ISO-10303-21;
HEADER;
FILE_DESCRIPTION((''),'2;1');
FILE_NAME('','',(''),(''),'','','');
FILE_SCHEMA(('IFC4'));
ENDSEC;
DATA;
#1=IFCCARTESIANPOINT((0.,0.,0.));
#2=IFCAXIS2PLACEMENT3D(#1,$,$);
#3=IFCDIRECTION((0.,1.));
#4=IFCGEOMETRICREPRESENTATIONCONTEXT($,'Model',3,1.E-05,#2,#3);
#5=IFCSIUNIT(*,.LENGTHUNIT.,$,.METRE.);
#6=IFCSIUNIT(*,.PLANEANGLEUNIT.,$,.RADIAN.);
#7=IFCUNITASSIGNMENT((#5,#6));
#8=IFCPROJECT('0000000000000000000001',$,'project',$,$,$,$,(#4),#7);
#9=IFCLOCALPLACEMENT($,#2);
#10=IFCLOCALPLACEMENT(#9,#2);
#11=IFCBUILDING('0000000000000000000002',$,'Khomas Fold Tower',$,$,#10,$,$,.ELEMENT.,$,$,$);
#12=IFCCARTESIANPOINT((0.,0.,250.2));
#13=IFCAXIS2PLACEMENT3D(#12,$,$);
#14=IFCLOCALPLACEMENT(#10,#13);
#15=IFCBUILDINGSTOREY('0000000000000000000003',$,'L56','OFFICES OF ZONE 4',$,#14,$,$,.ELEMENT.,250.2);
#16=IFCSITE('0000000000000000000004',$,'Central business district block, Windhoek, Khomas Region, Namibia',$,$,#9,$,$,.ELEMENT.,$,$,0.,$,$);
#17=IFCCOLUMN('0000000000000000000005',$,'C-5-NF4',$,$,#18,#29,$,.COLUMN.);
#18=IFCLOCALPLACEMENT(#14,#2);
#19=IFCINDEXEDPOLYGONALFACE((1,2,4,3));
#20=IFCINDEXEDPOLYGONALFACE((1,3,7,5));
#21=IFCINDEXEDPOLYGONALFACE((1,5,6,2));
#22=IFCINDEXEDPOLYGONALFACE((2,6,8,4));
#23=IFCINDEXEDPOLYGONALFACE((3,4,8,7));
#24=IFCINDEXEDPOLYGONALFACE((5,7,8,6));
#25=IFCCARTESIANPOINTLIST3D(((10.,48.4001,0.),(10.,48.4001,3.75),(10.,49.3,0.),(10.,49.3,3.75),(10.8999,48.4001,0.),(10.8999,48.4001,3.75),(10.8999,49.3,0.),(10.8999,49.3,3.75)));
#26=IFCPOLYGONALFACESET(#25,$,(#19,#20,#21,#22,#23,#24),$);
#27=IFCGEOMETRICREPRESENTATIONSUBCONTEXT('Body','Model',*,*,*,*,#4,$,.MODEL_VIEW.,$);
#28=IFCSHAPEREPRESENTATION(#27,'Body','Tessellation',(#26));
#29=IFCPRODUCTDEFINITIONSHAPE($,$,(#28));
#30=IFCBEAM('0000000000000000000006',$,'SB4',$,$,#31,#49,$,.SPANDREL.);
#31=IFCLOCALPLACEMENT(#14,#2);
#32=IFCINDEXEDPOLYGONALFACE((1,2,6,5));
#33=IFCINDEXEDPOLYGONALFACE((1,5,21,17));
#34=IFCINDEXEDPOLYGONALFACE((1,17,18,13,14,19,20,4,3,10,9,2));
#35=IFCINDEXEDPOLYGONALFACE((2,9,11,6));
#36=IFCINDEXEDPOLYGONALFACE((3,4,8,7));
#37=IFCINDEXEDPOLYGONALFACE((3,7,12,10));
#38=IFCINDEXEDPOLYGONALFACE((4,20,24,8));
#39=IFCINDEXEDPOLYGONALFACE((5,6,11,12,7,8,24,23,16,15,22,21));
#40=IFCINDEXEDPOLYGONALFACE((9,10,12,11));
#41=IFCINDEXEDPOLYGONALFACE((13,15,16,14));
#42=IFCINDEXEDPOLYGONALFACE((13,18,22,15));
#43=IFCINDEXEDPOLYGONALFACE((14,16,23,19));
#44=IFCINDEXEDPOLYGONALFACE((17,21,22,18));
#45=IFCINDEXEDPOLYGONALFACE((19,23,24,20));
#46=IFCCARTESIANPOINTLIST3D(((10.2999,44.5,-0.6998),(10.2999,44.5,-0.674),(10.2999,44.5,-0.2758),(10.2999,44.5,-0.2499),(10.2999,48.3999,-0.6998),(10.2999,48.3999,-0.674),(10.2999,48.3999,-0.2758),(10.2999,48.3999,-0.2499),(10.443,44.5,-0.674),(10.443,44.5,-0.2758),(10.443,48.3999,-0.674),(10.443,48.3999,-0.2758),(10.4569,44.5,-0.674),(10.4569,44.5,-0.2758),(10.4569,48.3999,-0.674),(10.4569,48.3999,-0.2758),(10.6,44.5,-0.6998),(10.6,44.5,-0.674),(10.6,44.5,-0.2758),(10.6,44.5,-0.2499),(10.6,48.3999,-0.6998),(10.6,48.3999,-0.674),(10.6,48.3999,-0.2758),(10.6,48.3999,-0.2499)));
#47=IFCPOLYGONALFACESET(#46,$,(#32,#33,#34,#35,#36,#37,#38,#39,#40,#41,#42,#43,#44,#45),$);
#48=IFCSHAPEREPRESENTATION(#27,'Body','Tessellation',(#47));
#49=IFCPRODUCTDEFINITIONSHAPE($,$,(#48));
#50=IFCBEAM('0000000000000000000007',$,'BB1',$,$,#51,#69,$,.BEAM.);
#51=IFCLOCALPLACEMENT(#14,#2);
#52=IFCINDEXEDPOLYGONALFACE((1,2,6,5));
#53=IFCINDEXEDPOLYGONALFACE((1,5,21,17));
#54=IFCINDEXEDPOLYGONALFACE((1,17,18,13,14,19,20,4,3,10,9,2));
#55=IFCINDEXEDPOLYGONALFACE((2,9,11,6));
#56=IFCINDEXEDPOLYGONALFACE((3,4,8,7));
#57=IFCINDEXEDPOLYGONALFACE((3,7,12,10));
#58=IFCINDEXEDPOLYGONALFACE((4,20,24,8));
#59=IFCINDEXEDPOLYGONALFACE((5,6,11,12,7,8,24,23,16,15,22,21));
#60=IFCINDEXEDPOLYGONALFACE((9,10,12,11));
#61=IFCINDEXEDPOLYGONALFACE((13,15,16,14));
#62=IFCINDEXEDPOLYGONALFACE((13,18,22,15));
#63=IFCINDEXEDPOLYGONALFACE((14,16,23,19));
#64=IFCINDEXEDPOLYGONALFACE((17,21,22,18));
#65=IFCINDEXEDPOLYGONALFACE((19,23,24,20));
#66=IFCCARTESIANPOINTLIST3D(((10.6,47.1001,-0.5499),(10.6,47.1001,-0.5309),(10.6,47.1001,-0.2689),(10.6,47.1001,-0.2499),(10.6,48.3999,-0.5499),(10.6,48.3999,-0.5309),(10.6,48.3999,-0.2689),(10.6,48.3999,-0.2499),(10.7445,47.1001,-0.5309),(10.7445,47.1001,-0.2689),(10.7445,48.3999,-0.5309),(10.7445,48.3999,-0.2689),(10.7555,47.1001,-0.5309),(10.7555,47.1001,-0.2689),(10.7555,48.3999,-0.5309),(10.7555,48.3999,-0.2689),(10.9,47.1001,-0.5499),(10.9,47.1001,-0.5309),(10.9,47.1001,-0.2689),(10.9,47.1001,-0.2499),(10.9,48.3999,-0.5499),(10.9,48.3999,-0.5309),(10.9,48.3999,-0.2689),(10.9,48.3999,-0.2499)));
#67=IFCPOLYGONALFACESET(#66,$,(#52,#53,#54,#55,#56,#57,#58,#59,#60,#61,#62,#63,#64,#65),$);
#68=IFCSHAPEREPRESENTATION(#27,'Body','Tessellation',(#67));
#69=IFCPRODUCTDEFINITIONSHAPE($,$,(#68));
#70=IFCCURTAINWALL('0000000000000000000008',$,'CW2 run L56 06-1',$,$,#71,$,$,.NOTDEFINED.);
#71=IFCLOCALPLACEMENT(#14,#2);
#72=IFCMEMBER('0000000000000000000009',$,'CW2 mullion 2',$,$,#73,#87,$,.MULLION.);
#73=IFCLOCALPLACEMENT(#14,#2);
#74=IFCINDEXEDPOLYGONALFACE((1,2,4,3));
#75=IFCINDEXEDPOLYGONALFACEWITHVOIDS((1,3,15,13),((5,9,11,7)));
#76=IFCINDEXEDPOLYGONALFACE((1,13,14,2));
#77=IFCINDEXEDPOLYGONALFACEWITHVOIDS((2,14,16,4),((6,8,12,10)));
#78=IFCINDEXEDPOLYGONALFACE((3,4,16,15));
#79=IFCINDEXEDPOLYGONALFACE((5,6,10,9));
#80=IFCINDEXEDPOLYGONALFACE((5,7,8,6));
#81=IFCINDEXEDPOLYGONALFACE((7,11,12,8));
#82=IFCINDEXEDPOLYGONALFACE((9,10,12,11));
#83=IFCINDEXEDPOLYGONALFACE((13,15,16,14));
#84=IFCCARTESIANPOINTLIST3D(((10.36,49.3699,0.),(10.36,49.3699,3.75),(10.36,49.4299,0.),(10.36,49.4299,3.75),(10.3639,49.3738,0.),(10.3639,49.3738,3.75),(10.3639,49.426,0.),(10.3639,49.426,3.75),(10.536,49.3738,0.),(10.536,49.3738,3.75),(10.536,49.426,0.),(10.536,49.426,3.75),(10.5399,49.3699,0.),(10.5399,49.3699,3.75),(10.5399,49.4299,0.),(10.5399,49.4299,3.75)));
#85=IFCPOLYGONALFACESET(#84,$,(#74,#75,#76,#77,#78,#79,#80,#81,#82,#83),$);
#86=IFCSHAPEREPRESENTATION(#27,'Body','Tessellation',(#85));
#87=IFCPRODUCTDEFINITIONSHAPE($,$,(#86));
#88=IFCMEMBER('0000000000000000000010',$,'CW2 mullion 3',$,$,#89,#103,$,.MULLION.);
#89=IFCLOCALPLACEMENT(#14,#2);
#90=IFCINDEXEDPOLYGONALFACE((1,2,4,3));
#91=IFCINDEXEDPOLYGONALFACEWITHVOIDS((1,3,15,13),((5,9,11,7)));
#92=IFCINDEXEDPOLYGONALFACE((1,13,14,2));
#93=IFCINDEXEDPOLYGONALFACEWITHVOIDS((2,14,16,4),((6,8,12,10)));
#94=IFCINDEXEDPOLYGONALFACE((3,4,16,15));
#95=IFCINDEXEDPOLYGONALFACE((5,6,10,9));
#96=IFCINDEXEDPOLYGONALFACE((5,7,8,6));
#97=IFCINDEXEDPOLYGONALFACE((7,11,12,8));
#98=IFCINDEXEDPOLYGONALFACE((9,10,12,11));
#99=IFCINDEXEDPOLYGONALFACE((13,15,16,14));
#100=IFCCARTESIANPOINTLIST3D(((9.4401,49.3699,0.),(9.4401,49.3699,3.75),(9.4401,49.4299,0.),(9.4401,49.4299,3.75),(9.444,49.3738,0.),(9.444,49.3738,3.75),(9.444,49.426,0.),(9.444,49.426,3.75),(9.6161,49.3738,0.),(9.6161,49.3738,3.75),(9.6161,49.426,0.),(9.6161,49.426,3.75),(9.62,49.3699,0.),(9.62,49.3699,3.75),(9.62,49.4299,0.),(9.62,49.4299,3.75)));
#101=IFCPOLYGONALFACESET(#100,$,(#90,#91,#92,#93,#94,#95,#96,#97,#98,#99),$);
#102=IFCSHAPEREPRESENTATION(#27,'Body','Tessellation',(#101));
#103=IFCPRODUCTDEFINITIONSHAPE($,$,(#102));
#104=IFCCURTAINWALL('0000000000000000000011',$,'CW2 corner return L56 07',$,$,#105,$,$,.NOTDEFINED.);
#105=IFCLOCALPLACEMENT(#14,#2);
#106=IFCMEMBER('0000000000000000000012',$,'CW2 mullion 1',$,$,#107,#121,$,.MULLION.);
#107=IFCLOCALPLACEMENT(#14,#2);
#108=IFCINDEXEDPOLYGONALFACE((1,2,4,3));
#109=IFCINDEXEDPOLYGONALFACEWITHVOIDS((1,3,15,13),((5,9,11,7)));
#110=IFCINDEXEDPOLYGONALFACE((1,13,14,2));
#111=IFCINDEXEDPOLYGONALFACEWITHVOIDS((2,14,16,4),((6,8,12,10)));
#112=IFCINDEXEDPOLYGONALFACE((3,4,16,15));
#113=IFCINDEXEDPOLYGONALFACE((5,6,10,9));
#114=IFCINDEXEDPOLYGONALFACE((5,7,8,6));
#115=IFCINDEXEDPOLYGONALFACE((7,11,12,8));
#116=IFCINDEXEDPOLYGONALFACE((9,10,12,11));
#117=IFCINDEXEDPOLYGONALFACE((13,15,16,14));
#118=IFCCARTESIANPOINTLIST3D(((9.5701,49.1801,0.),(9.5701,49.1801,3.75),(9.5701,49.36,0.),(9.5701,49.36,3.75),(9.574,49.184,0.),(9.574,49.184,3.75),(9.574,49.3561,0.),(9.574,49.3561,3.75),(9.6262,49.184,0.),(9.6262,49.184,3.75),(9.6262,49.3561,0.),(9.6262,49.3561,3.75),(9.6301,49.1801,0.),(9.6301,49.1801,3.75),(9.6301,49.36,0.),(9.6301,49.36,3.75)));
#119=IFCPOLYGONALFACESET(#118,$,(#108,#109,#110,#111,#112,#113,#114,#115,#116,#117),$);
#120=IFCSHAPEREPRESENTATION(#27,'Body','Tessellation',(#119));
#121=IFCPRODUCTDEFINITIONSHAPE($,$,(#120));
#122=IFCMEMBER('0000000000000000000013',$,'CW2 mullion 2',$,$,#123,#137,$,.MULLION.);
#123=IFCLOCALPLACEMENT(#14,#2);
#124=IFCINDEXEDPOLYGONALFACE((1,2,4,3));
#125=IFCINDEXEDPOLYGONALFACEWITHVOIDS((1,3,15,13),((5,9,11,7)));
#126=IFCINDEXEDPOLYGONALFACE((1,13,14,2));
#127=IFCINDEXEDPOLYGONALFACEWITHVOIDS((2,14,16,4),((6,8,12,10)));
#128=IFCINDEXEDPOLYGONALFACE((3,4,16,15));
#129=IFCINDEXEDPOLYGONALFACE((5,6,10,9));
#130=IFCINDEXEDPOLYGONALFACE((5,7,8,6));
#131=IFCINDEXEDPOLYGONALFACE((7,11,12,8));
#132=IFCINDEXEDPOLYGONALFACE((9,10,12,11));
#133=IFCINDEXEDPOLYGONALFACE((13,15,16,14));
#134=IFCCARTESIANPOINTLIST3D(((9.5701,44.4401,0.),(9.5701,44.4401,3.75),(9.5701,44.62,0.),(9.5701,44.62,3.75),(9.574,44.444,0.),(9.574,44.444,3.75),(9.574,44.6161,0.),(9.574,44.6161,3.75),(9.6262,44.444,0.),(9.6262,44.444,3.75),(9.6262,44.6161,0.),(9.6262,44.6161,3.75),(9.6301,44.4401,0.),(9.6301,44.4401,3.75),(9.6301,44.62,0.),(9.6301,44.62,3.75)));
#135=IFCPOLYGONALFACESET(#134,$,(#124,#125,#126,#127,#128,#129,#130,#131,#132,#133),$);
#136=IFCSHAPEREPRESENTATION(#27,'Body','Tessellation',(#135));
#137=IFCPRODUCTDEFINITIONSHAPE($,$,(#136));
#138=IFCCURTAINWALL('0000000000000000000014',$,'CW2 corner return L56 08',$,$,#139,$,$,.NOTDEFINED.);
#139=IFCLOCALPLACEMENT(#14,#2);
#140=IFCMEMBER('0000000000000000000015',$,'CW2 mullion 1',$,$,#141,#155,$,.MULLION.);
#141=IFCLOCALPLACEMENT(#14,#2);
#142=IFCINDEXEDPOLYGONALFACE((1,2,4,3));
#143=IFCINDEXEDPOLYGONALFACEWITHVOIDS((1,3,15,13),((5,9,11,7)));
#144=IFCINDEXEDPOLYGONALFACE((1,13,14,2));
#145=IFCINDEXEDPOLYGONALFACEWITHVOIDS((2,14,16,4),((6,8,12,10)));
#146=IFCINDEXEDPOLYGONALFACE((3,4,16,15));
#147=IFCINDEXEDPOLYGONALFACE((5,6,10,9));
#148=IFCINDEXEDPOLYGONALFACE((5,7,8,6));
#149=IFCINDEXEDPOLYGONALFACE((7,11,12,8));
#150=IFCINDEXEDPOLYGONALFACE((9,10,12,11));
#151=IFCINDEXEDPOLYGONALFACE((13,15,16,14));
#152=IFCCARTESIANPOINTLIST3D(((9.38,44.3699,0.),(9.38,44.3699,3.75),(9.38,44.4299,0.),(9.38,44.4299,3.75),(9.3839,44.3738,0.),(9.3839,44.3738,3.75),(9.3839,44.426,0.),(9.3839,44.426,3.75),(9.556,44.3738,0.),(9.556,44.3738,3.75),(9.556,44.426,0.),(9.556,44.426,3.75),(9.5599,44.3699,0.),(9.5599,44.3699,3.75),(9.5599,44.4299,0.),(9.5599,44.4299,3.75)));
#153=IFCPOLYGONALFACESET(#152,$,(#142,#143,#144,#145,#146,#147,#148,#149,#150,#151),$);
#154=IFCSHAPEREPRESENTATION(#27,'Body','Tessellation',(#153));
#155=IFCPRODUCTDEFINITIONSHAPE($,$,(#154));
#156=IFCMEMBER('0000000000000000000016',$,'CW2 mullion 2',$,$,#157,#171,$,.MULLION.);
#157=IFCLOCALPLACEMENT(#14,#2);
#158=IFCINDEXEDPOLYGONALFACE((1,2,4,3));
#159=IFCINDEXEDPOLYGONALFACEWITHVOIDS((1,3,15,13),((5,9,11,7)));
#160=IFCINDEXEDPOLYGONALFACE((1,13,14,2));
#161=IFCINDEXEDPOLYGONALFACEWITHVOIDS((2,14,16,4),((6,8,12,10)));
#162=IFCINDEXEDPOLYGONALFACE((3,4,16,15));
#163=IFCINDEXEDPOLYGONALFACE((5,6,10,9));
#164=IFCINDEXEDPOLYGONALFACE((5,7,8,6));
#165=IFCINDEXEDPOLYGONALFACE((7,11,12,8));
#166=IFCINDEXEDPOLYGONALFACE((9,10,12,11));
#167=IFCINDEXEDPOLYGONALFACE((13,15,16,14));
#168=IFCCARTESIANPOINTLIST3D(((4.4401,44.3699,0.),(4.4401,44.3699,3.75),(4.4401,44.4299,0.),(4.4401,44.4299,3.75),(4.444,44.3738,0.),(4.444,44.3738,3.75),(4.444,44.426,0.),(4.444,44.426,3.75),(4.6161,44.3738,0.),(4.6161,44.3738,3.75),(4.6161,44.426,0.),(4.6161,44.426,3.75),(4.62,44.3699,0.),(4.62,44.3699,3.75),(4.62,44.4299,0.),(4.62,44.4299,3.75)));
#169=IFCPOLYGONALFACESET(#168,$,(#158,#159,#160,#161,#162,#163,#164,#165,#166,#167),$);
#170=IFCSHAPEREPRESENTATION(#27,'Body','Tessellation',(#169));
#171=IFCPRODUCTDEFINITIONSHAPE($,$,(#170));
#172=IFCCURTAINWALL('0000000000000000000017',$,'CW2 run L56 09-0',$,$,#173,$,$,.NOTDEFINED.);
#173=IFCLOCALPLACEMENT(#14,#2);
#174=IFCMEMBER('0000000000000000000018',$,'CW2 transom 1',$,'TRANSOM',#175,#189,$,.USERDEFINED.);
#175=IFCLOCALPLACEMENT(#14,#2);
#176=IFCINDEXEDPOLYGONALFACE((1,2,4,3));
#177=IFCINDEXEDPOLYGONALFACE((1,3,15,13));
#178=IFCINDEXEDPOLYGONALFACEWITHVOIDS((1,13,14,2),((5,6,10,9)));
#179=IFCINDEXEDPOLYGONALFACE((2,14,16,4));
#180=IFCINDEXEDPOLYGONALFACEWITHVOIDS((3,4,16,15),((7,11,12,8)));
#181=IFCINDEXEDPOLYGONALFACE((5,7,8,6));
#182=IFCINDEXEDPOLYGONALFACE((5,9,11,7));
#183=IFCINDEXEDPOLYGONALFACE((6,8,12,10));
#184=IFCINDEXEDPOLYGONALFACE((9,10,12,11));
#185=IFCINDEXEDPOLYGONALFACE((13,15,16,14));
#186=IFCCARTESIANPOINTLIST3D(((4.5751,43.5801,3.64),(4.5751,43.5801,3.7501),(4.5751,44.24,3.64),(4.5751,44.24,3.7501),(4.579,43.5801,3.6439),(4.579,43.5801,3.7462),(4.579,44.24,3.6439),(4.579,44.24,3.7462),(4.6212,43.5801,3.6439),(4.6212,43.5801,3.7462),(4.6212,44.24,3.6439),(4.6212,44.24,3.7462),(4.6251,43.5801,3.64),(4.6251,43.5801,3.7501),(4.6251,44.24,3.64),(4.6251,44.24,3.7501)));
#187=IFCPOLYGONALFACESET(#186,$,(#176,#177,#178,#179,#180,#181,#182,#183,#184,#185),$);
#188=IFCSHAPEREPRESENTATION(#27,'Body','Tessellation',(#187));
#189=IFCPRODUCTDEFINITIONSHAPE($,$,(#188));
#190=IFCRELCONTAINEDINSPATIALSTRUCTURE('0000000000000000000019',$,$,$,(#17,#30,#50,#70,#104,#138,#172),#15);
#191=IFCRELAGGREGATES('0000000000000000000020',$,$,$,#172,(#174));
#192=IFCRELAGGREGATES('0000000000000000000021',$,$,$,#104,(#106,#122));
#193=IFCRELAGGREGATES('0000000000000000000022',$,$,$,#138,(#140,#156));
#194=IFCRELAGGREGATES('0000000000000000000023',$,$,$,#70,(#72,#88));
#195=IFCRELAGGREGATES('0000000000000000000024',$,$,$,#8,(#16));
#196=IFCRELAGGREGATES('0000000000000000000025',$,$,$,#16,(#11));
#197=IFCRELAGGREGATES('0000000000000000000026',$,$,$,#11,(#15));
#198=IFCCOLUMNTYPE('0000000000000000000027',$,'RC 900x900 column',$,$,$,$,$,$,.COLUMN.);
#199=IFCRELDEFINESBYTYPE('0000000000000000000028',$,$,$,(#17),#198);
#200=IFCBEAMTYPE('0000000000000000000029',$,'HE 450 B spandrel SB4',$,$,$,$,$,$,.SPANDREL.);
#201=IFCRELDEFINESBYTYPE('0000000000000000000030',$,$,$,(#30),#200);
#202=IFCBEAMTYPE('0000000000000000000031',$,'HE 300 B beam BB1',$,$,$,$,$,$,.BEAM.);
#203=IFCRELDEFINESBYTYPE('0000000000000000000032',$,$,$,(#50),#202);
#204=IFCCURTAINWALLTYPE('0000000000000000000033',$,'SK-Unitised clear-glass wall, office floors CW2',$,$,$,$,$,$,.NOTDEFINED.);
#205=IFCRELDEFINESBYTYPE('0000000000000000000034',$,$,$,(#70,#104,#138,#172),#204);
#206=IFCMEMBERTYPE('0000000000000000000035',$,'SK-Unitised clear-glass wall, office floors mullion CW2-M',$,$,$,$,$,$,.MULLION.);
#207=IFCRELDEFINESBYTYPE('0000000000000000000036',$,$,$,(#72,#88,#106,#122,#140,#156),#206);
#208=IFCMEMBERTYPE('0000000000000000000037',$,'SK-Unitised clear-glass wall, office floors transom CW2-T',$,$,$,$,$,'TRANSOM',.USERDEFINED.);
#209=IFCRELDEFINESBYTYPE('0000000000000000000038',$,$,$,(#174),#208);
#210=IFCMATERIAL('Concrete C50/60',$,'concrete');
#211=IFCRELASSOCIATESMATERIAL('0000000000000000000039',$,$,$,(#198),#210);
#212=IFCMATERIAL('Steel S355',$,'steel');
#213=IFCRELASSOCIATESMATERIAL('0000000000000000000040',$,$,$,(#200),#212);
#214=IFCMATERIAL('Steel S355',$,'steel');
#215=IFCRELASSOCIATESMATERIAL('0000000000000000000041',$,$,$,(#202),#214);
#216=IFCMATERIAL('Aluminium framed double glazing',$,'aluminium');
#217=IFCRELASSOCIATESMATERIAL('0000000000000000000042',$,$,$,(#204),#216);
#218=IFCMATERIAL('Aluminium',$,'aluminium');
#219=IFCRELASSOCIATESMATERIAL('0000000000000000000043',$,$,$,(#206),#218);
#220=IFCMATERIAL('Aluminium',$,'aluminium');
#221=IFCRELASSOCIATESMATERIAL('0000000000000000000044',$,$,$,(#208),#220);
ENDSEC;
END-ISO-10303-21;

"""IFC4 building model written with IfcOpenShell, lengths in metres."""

from ifc_helpers import new_model, si_unit, direction, frame, origin, origin_2d, place, context, subcontext, project, spatial, rectangle, hollow_rectangle, i_section, extrude, source, transform, mapped, material, material_profile, profile_set, type_object, element, aggregate, save


model = new_model("IFC4")

# Units and contexts
model_context = context("Model", 3, precision=1e-05, world=origin(), true_north=direction((0.0, 1.0)))
body_context = subcontext(model_context, "Body", "Model", "MODEL_VIEW")
ifc_project = project(units=[si_unit("LENGTHUNIT", "METRE"), si_unit("PLANEANGLEUNIT", "RADIAN")], contexts=[model_context])

# Site, building, storey
site_placement = place(None, origin())
site = spatial("IfcSite", under=ifc_project, at=site_placement, Name="Central business district block, Windhoek, Khomas Region, Namibia", CompositionType="ELEMENT", RefElevation=0.0)
building_placement = place(site_placement, origin())
building = spatial("IfcBuilding", under=site, at=building_placement, Name="Khomas Fold Tower", CompositionType="ELEMENT")
storey_placement = place(building_placement, frame((0.0, 0.0, 250.2)))
storey = spatial("IfcBuildingStorey", under=building, at=storey_placement, Name="L56", Description="OFFICES OF ZONE 4", CompositionType="ELEMENT", Elevation=250.2)

# Column
ifc_material_1 = material(Name="Concrete C50/60", Category="concrete")
ifc_material_profile_1 = material_profile(ifc_material_1, rectangle(XDim=0.8999, YDim=0.8999, at=origin_2d()), Name="RC 900x900")
ifc_profile_set_1 = profile_set([ifc_material_profile_1], Name="Concrete C50/60")
column_type = type_object("IfcColumnType", Name="RC 900x900 column", PredefinedType="COLUMN", material=ifc_profile_set_1)
shared_shape_1 = source(origin(), body_context, "Body", "SweptSolid", [
    extrude(rectangle(XDim=0.8999, YDim=0.8999, at=origin_2d()), origin(), (0.0, 0.0, 1.0), 3.75),
])
column_placement = place(storey_placement, frame((10.45, 48.8501, 0.0), z_axis=(0.0, 0.0, 1.0), x_axis=(1.0, 0.0, 0.0)))
element("IfcColumn", 1, at=column_placement, inside=storey, type_object=column_type, Name="C-5-NF4", PredefinedType="COLUMN", context=body_context, shape_type="MappedRepresentation", body=[
    mapped(shared_shape_1, transform((0.0, 0.0, 0.0))),
])

# Beams
ifc_material_2 = material(Name="Steel S355", Category="steel")
ifc_material_profile_2 = material_profile(ifc_material_2, i_section(OverallWidth=0.3, OverallDepth=0.45, WebThickness=0.0139, FlangeThickness=0.0259, at=origin_2d()), Name="HE 450 B")
ifc_profile_set_2 = profile_set([ifc_material_profile_2], Name="Steel S355")
beam_type_1 = type_object("IfcBeamType", Name="HE 450 B spandrel SB4", PredefinedType="SPANDREL", material=ifc_profile_set_2)
shared_shape_2 = source(origin(), body_context, "Body", "SweptSolid", [
    extrude(i_section(OverallWidth=0.3, OverallDepth=0.45, WebThickness=0.0139, FlangeThickness=0.0259, at=origin_2d()), origin(), (0.0, 0.0, 1.0), 3.8999),
])
beam_1_placement = place(storey_placement, frame((10.45, 44.5, -0.4749), z_axis=(0.0, 1.0, 0.0), x_axis=(-1.0, 0.0, 0.0)))
element("IfcBeam", 2, at=beam_1_placement, inside=storey, type_object=beam_type_1, Name="SB4", PredefinedType="SPANDREL", context=body_context, shape_type="MappedRepresentation", body=[
    mapped(shared_shape_2, transform((0.0, 0.0, 0.0))),
])
ifc_material_3 = material(Name="Steel S355", Category="steel")
ifc_material_profile_3 = material_profile(ifc_material_3, i_section(OverallWidth=0.3, OverallDepth=0.3, WebThickness=0.011, FlangeThickness=0.019, at=origin_2d()), Name="HE 300 B")
ifc_profile_set_3 = profile_set([ifc_material_profile_3], Name="Steel S355")
beam_type_2 = type_object("IfcBeamType", Name="HE 300 B beam BB1", PredefinedType="BEAM", material=ifc_profile_set_3)
shared_shape_3 = source(origin(), body_context, "Body", "SweptSolid", [
    extrude(i_section(OverallWidth=0.3, OverallDepth=0.3, WebThickness=0.011, FlangeThickness=0.019, at=origin_2d()), origin(), (0.0, 0.0, 1.0), 1.2998),
])
beam_2_placement = place(storey_placement, frame((10.75, 47.1001, -0.3999), z_axis=(0.0, 1.0, 0.0), x_axis=(-1.0, 0.0, 0.0)))
element("IfcBeam", 3, at=beam_2_placement, inside=storey, type_object=beam_type_2, Name="BB1", PredefinedType="BEAM", context=body_context, shape_type="MappedRepresentation", body=[
    mapped(shared_shape_3, transform((0.0, 0.0, 0.0))),
])

# Curtain walls, members
ifc_material_4 = material(Name="Aluminium framed double glazing", Category="aluminium")
curtain_wall_type = type_object("IfcCurtainWallType", Name="SK-Unitised clear-glass wall, office floors CW2", PredefinedType="NOTDEFINED", material=ifc_material_4)
curtain_wall_1_placement = place(storey_placement, origin())
curtain_wall_1 = element("IfcCurtainWall", 4, at=curtain_wall_1_placement, inside=storey, type_object=curtain_wall_type, Name="CW2 run L56 06-1", PredefinedType="NOTDEFINED")
ifc_material_5 = material(Name="Aluminium", Category="aluminium")
ifc_material_profile_4 = material_profile(ifc_material_5, hollow_rectangle(XDim=0.0601, YDim=0.1799, WallThickness=0.0039, at=origin_2d()), Name="SK-Unitised clear-glass wall, office floors mullion CW2-M")
ifc_profile_set_4 = profile_set([ifc_material_profile_4], Name="Aluminium")
member_type_1 = type_object("IfcMemberType", Name="SK-Unitised clear-glass wall, office floors mullion CW2-M", PredefinedType="MULLION", material=ifc_profile_set_4)
shared_shape_4 = source(origin(), body_context, "Body", "SweptSolid", [
    extrude(hollow_rectangle(XDim=0.0601, YDim=0.1799, WallThickness=0.0039, at=origin_2d()), origin(), (0.0, 0.0, 1.0), 3.75),
])
member_1_placement = place(storey_placement, frame((10.45, 49.3999, 0.0), z_axis=(0.0, 0.0, 1.0), x_axis=(0.0, -1.0, 0.0)))
member_1 = element("IfcMember", 5, at=member_1_placement, type_object=member_type_1, Name="CW2 mullion 2", PredefinedType="MULLION", context=body_context, shape_type="MappedRepresentation", body=[
    mapped(shared_shape_4, transform((0.0, 0.0, 0.0))),
])
member_2_placement = place(storey_placement, frame((9.53, 49.3999, 0.0), z_axis=(0.0, 0.0, 1.0), x_axis=(0.0, -1.0, 0.0)))
member_2 = element("IfcMember", 6, at=member_2_placement, type_object=member_type_1, Name="CW2 mullion 3", PredefinedType="MULLION", context=body_context, shape_type="MappedRepresentation", body=[
    mapped(shared_shape_4, transform((0.0, 0.0, 0.0))),
])
curtain_wall_2_placement = place(storey_placement, origin())
curtain_wall_2 = element("IfcCurtainWall", 7, at=curtain_wall_2_placement, inside=storey, type_object=curtain_wall_type, Name="CW2 corner return L56 07", PredefinedType="NOTDEFINED")
member_3_placement = place(storey_placement, frame((9.6001, 49.27, 0.0), z_axis=(0.0, 0.0, 1.0), x_axis=(1.0, 0.0, 0.0)))
member_3 = element("IfcMember", 8, at=member_3_placement, type_object=member_type_1, Name="CW2 mullion 1", PredefinedType="MULLION", context=body_context, shape_type="MappedRepresentation", body=[
    mapped(shared_shape_4, transform((0.0, 0.0, 0.0))),
])
member_4_placement = place(storey_placement, frame((9.6001, 44.53, 0.0), z_axis=(0.0, 0.0, 1.0), x_axis=(1.0, 0.0, 0.0)))
member_4 = element("IfcMember", 9, at=member_4_placement, type_object=member_type_1, Name="CW2 mullion 2", PredefinedType="MULLION", context=body_context, shape_type="MappedRepresentation", body=[
    mapped(shared_shape_4, transform((0.0, 0.0, 0.0))),
])
curtain_wall_3_placement = place(storey_placement, origin())
curtain_wall_3 = element("IfcCurtainWall", 10, at=curtain_wall_3_placement, inside=storey, type_object=curtain_wall_type, Name="CW2 corner return L56 08", PredefinedType="NOTDEFINED")
member_5_placement = place(storey_placement, frame((9.47, 44.3999, 0.0), z_axis=(0.0, 0.0, 1.0), x_axis=(0.0, -1.0, 0.0)))
member_5 = element("IfcMember", 11, at=member_5_placement, type_object=member_type_1, Name="CW2 mullion 1", PredefinedType="MULLION", context=body_context, shape_type="MappedRepresentation", body=[
    mapped(shared_shape_4, transform((0.0, 0.0, 0.0))),
])
member_6_placement = place(storey_placement, frame((4.53, 44.3999, 0.0), z_axis=(0.0, 0.0, 1.0), x_axis=(0.0, -1.0, 0.0)))
member_6 = element("IfcMember", 12, at=member_6_placement, type_object=member_type_1, Name="CW2 mullion 2", PredefinedType="MULLION", context=body_context, shape_type="MappedRepresentation", body=[
    mapped(shared_shape_4, transform((0.0, 0.0, 0.0))),
])

# Curtain wall, member
curtain_wall_4_placement = place(storey_placement, origin())
curtain_wall_4 = element("IfcCurtainWall", 13, at=curtain_wall_4_placement, inside=storey, type_object=curtain_wall_type, Name="CW2 run L56 09-0", PredefinedType="NOTDEFINED")
ifc_material_6 = material(Name="Aluminium", Category="aluminium")
ifc_material_profile_5 = material_profile(ifc_material_6, hollow_rectangle(XDim=0.05, YDim=0.1101, WallThickness=0.0039, at=origin_2d()), Name="SK-Unitised clear-glass wall, office floors transom CW2-T")
ifc_profile_set_5 = profile_set([ifc_material_profile_5], Name="Aluminium")
member_type_2 = type_object("IfcMemberType", Name="SK-Unitised clear-glass wall, office floors transom CW2-T", ElementType="TRANSOM", PredefinedType="USERDEFINED", material=ifc_profile_set_5)
shared_shape_5 = source(origin(), body_context, "Body", "SweptSolid", [
    extrude(hollow_rectangle(XDim=0.05, YDim=0.1101, WallThickness=0.0039, at=origin_2d()), origin(), (0.0, 0.0, 1.0), 0.6599),
])
member_7_placement = place(storey_placement, frame((4.6001, 44.24, 3.6951), z_axis=(0.0, -1.0, 0.0), x_axis=(1.0, 0.0, 0.0)))
member_7 = element("IfcMember", 14, at=member_7_placement, type_object=member_type_2, Name="CW2 transom 1", ObjectType="TRANSOM", PredefinedType="USERDEFINED", context=body_context, shape_type="MappedRepresentation", body=[
    mapped(shared_shape_5, transform((0.0, 0.0, 0.0))),
])

aggregate(curtain_wall_4, [member_7])
aggregate(curtain_wall_2, [member_3, member_4])
aggregate(curtain_wall_3, [member_5, member_6])
aggregate(curtain_wall_1, [member_1, member_2])

save(model, "model.ifc")
